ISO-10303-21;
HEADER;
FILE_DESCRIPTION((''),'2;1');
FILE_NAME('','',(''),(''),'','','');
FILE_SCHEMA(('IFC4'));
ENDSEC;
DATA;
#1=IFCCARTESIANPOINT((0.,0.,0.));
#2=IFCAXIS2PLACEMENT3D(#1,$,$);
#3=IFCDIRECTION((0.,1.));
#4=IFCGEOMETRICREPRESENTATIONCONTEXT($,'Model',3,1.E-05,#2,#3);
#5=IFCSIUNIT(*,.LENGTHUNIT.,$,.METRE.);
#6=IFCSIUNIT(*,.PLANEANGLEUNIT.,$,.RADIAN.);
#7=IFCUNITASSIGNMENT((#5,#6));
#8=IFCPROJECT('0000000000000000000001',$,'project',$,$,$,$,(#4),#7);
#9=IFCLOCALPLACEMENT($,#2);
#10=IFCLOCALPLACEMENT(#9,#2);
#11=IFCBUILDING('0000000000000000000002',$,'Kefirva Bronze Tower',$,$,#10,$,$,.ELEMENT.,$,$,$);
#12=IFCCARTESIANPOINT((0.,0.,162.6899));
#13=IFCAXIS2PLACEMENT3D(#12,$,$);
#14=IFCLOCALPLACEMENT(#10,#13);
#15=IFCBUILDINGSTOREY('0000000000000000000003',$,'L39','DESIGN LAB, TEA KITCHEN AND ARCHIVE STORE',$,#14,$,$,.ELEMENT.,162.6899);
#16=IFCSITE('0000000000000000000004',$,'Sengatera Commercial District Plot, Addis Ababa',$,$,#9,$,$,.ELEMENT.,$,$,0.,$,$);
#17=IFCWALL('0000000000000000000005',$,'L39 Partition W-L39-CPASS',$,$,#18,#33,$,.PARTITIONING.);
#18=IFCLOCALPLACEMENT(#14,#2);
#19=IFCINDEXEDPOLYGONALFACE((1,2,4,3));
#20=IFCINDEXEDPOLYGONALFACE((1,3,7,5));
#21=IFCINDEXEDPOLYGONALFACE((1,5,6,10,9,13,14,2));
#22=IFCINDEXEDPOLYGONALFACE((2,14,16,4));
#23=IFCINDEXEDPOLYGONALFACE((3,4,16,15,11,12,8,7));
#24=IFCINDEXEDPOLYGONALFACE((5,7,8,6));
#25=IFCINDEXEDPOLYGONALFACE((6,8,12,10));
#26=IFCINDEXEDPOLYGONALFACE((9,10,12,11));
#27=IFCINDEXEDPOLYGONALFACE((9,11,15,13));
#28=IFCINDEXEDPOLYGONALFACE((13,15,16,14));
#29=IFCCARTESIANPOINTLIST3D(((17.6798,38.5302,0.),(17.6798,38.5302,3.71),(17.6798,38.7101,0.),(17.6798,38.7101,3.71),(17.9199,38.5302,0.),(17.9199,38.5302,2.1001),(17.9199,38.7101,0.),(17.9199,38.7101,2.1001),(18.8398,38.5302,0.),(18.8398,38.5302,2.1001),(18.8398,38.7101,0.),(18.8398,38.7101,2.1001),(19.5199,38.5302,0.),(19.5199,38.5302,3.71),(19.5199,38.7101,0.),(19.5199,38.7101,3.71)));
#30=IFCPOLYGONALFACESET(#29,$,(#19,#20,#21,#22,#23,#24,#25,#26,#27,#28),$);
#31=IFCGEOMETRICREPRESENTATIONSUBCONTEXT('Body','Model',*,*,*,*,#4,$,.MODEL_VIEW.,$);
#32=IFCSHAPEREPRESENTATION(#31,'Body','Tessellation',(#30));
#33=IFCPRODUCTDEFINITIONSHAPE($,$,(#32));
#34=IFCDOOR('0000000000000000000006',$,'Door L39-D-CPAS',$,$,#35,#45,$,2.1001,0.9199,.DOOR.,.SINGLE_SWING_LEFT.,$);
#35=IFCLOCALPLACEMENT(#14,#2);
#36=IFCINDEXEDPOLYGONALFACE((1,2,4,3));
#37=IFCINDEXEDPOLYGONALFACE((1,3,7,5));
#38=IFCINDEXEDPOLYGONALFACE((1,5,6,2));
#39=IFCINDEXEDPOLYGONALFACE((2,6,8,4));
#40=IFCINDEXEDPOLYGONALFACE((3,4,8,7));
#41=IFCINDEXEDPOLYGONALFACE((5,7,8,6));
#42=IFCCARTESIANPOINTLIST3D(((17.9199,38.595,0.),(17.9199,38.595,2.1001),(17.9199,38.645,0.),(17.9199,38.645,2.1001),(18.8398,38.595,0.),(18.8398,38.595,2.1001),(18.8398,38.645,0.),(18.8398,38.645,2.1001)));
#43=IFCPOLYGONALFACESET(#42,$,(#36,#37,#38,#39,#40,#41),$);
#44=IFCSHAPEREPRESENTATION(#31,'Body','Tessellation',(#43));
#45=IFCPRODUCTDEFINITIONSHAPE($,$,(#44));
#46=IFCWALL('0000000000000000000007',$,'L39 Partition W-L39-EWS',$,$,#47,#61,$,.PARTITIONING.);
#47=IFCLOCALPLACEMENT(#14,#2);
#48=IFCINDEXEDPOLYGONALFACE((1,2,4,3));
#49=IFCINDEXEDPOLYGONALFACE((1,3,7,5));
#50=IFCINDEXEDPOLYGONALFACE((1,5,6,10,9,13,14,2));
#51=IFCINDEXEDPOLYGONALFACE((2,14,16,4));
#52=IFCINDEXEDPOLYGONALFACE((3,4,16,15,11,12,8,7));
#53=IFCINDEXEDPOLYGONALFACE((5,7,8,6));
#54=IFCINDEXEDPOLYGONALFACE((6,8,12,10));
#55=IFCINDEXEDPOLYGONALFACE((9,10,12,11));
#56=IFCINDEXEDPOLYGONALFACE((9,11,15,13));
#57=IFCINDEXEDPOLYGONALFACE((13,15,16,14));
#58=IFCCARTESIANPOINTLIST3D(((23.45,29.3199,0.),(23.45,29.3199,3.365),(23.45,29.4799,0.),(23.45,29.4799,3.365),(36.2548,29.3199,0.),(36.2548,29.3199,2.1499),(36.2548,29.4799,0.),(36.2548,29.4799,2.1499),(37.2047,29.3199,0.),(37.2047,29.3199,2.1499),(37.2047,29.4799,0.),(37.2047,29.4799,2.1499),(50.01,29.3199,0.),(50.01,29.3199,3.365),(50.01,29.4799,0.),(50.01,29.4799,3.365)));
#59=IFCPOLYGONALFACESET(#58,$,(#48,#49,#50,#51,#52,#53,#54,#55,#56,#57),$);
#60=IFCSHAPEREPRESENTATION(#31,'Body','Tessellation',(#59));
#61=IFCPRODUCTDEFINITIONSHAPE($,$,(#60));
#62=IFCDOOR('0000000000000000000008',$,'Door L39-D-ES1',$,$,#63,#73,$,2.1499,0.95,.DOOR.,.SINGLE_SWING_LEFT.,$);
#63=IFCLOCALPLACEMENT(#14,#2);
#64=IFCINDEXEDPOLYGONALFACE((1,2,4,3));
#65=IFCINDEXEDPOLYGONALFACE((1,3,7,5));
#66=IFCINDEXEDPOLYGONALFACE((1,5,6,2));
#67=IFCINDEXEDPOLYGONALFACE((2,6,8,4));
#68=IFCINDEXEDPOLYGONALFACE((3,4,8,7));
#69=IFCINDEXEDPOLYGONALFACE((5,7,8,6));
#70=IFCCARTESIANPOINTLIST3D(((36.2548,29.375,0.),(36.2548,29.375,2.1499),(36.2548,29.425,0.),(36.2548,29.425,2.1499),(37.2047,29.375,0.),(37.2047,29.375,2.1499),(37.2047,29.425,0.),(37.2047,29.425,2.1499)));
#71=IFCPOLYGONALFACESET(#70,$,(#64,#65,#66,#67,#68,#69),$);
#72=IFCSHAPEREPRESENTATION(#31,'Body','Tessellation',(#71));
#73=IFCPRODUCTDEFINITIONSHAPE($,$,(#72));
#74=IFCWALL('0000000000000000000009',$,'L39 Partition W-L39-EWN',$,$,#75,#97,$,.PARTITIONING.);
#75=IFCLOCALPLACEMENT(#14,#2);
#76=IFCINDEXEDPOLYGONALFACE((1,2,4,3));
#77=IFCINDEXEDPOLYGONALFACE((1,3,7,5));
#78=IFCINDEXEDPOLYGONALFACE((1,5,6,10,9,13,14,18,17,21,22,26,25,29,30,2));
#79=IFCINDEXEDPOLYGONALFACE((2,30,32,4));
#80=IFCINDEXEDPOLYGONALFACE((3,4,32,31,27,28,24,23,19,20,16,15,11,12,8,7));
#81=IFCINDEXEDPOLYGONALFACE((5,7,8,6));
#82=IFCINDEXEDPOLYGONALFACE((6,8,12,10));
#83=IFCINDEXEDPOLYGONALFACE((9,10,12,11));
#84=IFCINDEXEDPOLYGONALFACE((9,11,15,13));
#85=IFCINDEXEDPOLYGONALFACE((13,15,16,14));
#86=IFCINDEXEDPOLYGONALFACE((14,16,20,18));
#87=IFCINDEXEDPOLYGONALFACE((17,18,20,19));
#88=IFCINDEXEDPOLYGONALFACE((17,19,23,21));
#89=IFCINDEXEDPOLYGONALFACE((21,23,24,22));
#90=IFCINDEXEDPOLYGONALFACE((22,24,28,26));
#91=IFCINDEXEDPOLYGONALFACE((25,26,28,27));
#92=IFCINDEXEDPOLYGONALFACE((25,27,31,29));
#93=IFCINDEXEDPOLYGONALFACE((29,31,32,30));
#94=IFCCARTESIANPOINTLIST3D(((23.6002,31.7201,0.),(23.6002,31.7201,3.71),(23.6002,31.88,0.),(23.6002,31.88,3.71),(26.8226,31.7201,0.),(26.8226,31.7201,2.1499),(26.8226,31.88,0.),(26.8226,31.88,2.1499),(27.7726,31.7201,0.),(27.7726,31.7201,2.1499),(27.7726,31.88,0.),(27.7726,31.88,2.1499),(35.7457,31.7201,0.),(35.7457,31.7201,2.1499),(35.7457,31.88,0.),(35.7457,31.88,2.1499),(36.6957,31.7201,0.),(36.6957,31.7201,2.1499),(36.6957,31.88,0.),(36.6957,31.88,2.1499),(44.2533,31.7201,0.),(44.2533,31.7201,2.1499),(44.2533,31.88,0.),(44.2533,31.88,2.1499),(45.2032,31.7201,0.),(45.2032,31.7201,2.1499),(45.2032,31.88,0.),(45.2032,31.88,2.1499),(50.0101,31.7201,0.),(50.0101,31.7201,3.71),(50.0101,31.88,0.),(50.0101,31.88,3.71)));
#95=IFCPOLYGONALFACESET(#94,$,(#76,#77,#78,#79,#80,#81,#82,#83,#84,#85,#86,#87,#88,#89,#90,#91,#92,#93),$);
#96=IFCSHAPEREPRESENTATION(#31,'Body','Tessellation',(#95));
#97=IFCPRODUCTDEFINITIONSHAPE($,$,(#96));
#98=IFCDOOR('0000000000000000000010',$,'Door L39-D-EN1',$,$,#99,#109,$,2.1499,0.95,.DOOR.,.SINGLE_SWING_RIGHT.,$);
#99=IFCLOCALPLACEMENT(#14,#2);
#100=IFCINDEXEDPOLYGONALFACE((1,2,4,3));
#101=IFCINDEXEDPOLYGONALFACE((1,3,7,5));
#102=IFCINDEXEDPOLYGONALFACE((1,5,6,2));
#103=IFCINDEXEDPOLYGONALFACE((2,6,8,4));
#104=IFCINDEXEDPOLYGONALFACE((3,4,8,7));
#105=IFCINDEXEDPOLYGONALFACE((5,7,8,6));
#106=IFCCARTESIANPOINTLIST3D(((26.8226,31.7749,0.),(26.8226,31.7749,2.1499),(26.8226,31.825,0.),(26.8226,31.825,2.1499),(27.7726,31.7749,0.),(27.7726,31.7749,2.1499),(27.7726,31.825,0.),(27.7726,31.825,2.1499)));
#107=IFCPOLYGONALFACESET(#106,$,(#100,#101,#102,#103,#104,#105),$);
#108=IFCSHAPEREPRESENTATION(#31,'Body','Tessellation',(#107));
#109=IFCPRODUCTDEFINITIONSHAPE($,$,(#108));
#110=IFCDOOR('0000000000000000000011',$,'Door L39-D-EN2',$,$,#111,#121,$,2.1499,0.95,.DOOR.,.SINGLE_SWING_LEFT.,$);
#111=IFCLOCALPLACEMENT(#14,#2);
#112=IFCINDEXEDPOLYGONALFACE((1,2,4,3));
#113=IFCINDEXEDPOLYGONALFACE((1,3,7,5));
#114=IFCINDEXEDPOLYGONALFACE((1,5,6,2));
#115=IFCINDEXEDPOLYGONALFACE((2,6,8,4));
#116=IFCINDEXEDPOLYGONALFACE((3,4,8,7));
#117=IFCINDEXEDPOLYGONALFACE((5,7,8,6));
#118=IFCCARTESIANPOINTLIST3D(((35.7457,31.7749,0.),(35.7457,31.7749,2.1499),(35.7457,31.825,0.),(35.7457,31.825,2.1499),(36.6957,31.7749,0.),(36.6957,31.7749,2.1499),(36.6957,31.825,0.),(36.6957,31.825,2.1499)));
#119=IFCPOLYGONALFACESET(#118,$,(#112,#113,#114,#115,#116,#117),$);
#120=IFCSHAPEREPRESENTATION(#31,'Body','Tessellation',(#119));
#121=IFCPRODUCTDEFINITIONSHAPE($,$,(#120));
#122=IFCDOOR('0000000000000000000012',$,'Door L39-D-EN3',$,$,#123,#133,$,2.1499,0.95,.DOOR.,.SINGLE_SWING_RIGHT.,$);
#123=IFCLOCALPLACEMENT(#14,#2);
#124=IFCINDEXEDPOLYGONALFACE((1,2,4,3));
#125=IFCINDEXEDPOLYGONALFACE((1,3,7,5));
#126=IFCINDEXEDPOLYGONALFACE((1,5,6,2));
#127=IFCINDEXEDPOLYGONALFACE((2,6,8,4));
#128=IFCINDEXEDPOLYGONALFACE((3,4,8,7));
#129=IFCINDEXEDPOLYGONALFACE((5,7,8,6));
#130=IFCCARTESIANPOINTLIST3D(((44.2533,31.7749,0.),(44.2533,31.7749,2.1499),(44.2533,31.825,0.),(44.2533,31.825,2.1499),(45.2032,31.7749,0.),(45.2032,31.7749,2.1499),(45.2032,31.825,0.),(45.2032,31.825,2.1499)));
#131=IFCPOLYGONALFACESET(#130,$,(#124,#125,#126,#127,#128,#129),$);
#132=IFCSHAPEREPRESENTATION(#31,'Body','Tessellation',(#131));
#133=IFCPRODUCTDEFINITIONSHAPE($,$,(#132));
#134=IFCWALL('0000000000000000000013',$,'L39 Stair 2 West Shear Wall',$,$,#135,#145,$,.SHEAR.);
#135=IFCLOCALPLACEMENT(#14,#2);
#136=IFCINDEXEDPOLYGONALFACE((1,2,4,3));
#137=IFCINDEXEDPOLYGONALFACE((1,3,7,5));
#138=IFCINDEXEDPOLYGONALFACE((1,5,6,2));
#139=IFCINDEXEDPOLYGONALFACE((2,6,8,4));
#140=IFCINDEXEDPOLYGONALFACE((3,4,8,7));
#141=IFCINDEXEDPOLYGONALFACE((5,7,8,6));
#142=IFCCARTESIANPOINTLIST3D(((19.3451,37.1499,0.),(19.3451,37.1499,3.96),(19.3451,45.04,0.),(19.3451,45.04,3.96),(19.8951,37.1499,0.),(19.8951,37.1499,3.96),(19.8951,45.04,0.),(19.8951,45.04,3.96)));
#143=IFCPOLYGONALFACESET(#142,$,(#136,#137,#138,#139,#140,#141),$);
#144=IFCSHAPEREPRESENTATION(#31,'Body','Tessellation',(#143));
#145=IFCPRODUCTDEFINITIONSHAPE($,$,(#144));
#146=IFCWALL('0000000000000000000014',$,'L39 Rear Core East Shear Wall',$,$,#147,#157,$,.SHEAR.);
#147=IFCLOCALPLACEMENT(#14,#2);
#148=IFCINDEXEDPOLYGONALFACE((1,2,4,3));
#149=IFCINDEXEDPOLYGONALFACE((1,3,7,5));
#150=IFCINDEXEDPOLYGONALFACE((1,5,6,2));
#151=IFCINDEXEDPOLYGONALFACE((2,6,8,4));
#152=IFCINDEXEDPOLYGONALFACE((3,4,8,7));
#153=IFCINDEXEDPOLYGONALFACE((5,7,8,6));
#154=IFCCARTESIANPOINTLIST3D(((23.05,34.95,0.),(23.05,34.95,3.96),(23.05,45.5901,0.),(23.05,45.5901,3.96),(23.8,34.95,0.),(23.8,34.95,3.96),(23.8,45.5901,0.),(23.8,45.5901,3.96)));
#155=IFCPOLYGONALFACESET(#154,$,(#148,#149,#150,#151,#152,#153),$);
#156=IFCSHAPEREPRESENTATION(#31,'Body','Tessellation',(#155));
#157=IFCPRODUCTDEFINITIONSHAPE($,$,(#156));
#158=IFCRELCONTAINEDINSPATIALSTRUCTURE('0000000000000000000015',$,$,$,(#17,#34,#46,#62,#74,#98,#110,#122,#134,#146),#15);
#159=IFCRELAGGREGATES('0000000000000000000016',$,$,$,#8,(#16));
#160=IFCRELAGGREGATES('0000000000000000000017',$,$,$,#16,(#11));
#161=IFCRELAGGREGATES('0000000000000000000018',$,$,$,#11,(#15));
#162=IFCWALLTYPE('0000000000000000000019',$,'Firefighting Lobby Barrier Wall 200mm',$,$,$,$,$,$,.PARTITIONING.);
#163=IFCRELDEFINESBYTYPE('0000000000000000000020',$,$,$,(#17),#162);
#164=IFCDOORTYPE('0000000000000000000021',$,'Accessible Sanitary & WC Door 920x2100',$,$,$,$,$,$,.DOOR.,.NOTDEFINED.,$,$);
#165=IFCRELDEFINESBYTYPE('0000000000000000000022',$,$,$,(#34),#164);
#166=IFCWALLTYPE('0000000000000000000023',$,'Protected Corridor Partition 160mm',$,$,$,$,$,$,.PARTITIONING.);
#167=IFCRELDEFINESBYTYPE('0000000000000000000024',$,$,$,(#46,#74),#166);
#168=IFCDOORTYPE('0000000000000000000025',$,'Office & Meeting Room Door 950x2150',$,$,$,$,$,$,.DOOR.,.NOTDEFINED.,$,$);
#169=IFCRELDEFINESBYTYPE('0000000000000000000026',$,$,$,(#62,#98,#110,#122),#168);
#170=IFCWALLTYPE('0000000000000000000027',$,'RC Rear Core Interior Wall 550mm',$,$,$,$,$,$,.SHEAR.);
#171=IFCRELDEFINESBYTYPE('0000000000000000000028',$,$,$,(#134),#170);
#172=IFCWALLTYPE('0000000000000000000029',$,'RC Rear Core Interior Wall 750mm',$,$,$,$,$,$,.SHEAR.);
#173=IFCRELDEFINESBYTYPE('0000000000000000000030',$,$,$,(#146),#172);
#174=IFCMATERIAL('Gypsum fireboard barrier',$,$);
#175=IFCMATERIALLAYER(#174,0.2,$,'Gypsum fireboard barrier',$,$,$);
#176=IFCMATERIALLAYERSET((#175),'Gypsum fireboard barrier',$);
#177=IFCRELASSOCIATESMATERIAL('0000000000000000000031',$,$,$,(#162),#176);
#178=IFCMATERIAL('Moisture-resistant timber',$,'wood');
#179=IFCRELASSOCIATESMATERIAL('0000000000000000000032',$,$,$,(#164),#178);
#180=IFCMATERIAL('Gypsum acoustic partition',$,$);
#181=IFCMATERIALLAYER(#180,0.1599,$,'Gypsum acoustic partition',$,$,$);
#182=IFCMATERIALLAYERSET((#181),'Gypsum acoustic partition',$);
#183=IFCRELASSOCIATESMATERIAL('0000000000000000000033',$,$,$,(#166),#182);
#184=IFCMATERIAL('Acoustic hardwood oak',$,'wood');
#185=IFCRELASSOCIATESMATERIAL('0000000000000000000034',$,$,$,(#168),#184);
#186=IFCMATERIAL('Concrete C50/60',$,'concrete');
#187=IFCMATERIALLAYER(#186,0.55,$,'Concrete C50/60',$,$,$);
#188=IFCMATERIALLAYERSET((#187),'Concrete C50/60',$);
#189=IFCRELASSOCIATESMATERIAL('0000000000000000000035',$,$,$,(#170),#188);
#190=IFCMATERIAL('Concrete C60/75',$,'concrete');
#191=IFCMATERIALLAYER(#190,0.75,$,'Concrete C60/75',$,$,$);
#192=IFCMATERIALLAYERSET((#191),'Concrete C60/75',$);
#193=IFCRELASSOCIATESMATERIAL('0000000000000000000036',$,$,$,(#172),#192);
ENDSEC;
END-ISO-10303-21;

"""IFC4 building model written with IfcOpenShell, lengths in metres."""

from ifc_helpers import new_model, si_unit, direction, frame, frame_2d, origin, place, context, subcontext, project, spatial, rectangle, extrude, material, layer, layer_set, type_object, element, fill, save


model = new_model("IFC4")

# Units and contexts
model_context = context("Model", 3, precision=1e-05, world=origin(), true_north=direction((0.0, 1.0)))
body_context = subcontext(model_context, "Body", "Model", "MODEL_VIEW")
ifc_project = project(units=[si_unit("LENGTHUNIT", "METRE"), si_unit("PLANEANGLEUNIT", "RADIAN")], contexts=[model_context])

# Site, building, storey
site_placement = place(None, origin())
site = spatial("IfcSite", under=ifc_project, at=site_placement, Name="Sengatera Commercial District Plot, Addis Ababa", CompositionType="ELEMENT", RefElevation=0.0)
building_placement = place(site_placement, origin())
building = spatial("IfcBuilding", under=site, at=building_placement, Name="Kefirva Bronze Tower", CompositionType="ELEMENT")
storey_placement = place(building_placement, frame((0.0, 0.0, 162.6899)))
storey = spatial("IfcBuildingStorey", under=building, at=storey_placement, Name="L39", Description="DESIGN LAB, TEA KITCHEN AND ARCHIVE STORE", CompositionType="ELEMENT", Elevation=162.6899)

# Shared definitions
ifc_material_1 = material(Name="Concrete C60/75", Category="concrete")

# Shared definitions
ifc_material_2 = material(Name="Gypsum acoustic partition")

# Walls, openings, doors
ifc_material_3 = material(Name="Gypsum fireboard barrier")
ifc_layer_1 = layer(ifc_material_3, 0.2, Name="Gypsum fireboard barrier")
ifc_layer_set_1 = layer_set([ifc_layer_1], Name="Gypsum fireboard barrier")
wall_type_1 = type_object("IfcWallType", Name="Firefighting Lobby Barrier Wall 200mm", PredefinedType="PARTITIONING", material=ifc_layer_set_1)
wall_1_placement = place(storey_placement, frame((17.6799, 38.6201, 0.0), z_axis=(0.0, 0.0, 1.0), x_axis=(1.0, 0.0, 0.0)))
wall_1 = element("IfcWall", 1, at=wall_1_placement, inside=storey, type_object=wall_type_1, Name="L39 Partition W-L39-CPASS", PredefinedType="PARTITIONING", context=body_context, shape_type="SweptSolid", body=[
    extrude(rectangle(XDim=1.8401, YDim=0.1799, at=frame_2d((0.9199, 0.0))), origin(), (0.0, 0.0, 1.0), 3.71),
])
opening_1_placement = place(wall_1_placement, frame((0.24, 0.0, 0.0)))
opening_1 = element("IfcOpeningElement", 2, at=opening_1_placement, cuts=wall_1, PredefinedType="OPENING", context=body_context, shape_type="SweptSolid", body=[
    extrude(rectangle(XDim=0.9199, YDim=2.1001, at=frame_2d((0.46, 1.05))), frame((0.0, 0.1001, 0.0), z_axis=(0.0, -1.0, 0.0), x_axis=(1.0, 0.0, 0.0)), (0.0, 0.0, 1.0), 0.2),
])
ifc_material_4 = material(Name="Moisture-resistant timber", Category="wood")
door_type_1 = type_object("IfcDoorType", Name="Accessible Sanitary & WC Door 920x2100", OperationType="NOTDEFINED", PredefinedType="DOOR", material=ifc_material_4)
door_1_placement = place(opening_1_placement, origin())
door_1 = element("IfcDoor", 3, at=door_1_placement, inside=storey, type_object=door_type_1, Name="Door L39-D-CPAS", OperationType="SINGLE_SWING_LEFT", OverallHeight=2.1001, OverallWidth=0.9199, PredefinedType="DOOR", context=body_context, shape_type="SweptSolid", body=[
    extrude(rectangle(XDim=0.9199, YDim=2.1001, at=frame_2d((0.46, 1.05))), frame((0.0, 0.0249, 0.0), z_axis=(0.0, -1.0, 0.0), x_axis=(1.0, 0.0, 0.0)), (0.0, 0.0, 1.0), 0.05),
])
fill(opening_1, door_1)
ifc_layer_2 = layer(ifc_material_2, 0.1599, Name="Gypsum acoustic partition")
ifc_layer_set_2 = layer_set([ifc_layer_2], Name="Gypsum acoustic partition")
wall_type_2 = type_object("IfcWallType", Name="Protected Corridor Partition 160mm", PredefinedType="PARTITIONING", material=ifc_layer_set_2)
wall_2_placement = place(storey_placement, frame((23.45, 29.3999, 0.0), z_axis=(0.0, 0.0, 1.0), x_axis=(1.0, 0.0, 0.0)))
wall_2 = element("IfcWall", 4, at=wall_2_placement, inside=storey, type_object=wall_type_2, Name="L39 Partition W-L39-EWS", PredefinedType="PARTITIONING", context=body_context, shape_type="SweptSolid", body=[
    extrude(rectangle(XDim=26.5601, YDim=0.1599, at=frame_2d((13.28, 0.0))), origin(), (0.0, 0.0, 1.0), 3.365),
])
opening_2_placement = place(wall_2_placement, frame((13.7549, 0.0, 0.0), z_axis=(0.0, 0.0, 1.0), x_axis=(-1.0, 0.0, 0.0)))
opening_2 = element("IfcOpeningElement", 5, at=opening_2_placement, cuts=wall_2, PredefinedType="OPENING", context=body_context, shape_type="SweptSolid", body=[
    extrude(rectangle(XDim=0.95, YDim=2.1499, at=frame_2d((0.4751, 1.075))), frame((0.0, 0.0898, 0.0), z_axis=(0.0, -1.0, 0.0), x_axis=(1.0, 0.0, 0.0)), (0.0, 0.0, 1.0), 0.1799),
])
ifc_material_5 = material(Name="Acoustic hardwood oak", Category="wood")
door_type_2 = type_object("IfcDoorType", Name="Office & Meeting Room Door 950x2150", OperationType="NOTDEFINED", PredefinedType="DOOR", material=ifc_material_5)
door_2_placement = place(opening_2_placement, origin())
door_2 = element("IfcDoor", 6, at=door_2_placement, inside=storey, type_object=door_type_2, Name="Door L39-D-ES1", OperationType="SINGLE_SWING_LEFT", OverallHeight=2.1499, OverallWidth=0.95, PredefinedType="DOOR", context=body_context, shape_type="SweptSolid", body=[
    extrude(rectangle(XDim=0.95, YDim=2.1499, at=frame_2d((0.4751, 1.075))), frame((0.0, 0.0249, 0.0), z_axis=(0.0, -1.0, 0.0), x_axis=(1.0, 0.0, 0.0)), (0.0, 0.0, 1.0), 0.05),
])
fill(opening_2, door_2)

# Wall, openings, doors
wall_3_placement = place(storey_placement, frame((23.6001, 31.8, 0.0), z_axis=(0.0, 0.0, 1.0), x_axis=(1.0, 0.0, 0.0)))
wall_3 = element("IfcWall", 7, at=wall_3_placement, inside=storey, type_object=wall_type_2, Name="L39 Partition W-L39-EWN", PredefinedType="PARTITIONING", context=body_context, shape_type="SweptSolid", body=[
    extrude(rectangle(XDim=26.4099, YDim=0.1599, at=frame_2d((13.2051, 0.0))), origin(), (0.0, 0.0, 1.0), 3.71),
])
opening_3_placement = place(wall_3_placement, frame((3.2224, 0.0, 0.0)))
opening_3 = element("IfcOpeningElement", 8, at=opening_3_placement, cuts=wall_3, PredefinedType="OPENING", context=body_context, shape_type="SweptSolid", body=[
    extrude(rectangle(XDim=0.95, YDim=2.1499, at=frame_2d((0.4751, 1.075))), frame((0.0, 0.0898, 0.0), z_axis=(0.0, -1.0, 0.0), x_axis=(1.0, 0.0, 0.0)), (0.0, 0.0, 1.0), 0.1799),
])
opening_4_placement = place(wall_3_placement, frame((12.1455, 0.0, 0.0)))
opening_4 = element("IfcOpeningElement", 9, at=opening_4_placement, cuts=wall_3, PredefinedType="OPENING", context=body_context, shape_type="SweptSolid", body=[
    extrude(rectangle(XDim=0.95, YDim=2.1499, at=frame_2d((0.4751, 1.075))), frame((0.0, 0.0898, 0.0), z_axis=(0.0, -1.0, 0.0), x_axis=(1.0, 0.0, 0.0)), (0.0, 0.0, 1.0), 0.1799),
])
opening_5_placement = place(wall_3_placement, frame((20.6531, 0.0, 0.0)))
opening_5 = element("IfcOpeningElement", 10, at=opening_5_placement, cuts=wall_3, PredefinedType="OPENING", context=body_context, shape_type="SweptSolid", body=[
    extrude(rectangle(XDim=0.95, YDim=2.1499, at=frame_2d((0.4751, 1.075))), frame((0.0, 0.0898, 0.0), z_axis=(0.0, -1.0, 0.0), x_axis=(1.0, 0.0, 0.0)), (0.0, 0.0, 1.0), 0.1799),
])
door_3_placement = place(opening_3_placement, origin())
door_3 = element("IfcDoor", 11, at=door_3_placement, inside=storey, type_object=door_type_2, Name="Door L39-D-EN1", OperationType="SINGLE_SWING_RIGHT", OverallHeight=2.1499, OverallWidth=0.95, PredefinedType="DOOR", context=body_context, shape_type="SweptSolid", body=[
    extrude(rectangle(XDim=0.95, YDim=2.1499, at=frame_2d((0.4751, 1.075))), frame((0.0, 0.0249, 0.0), z_axis=(0.0, -1.0, 0.0), x_axis=(1.0, 0.0, 0.0)), (0.0, 0.0, 1.0), 0.05),
])
fill(opening_3, door_3)
door_4_placement = place(opening_4_placement, origin())
door_4 = element("IfcDoor", 12, at=door_4_placement, inside=storey, type_object=door_type_2, Name="Door L39-D-EN2", OperationType="SINGLE_SWING_LEFT", OverallHeight=2.1499, OverallWidth=0.95, PredefinedType="DOOR", context=body_context, shape_type="SweptSolid", body=[
    extrude(rectangle(XDim=0.95, YDim=2.1499, at=frame_2d((0.4751, 1.075))), frame((0.0, 0.0249, 0.0), z_axis=(0.0, -1.0, 0.0), x_axis=(1.0, 0.0, 0.0)), (0.0, 0.0, 1.0), 0.05),
])
fill(opening_4, door_4)
door_5_placement = place(opening_5_placement, origin())
door_5 = element("IfcDoor", 13, at=door_5_placement, inside=storey, type_object=door_type_2, Name="Door L39-D-EN3", OperationType="SINGLE_SWING_RIGHT", OverallHeight=2.1499, OverallWidth=0.95, PredefinedType="DOOR", context=body_context, shape_type="SweptSolid", body=[
    extrude(rectangle(XDim=0.95, YDim=2.1499, at=frame_2d((0.4751, 1.075))), frame((0.0, 0.0249, 0.0), z_axis=(0.0, -1.0, 0.0), x_axis=(1.0, 0.0, 0.0)), (0.0, 0.0, 1.0), 0.05),
])
fill(opening_5, door_5)

# Walls
ifc_material_6 = material(Name="Concrete C50/60", Category="concrete")
ifc_layer_3 = layer(ifc_material_6, 0.55, Name="Concrete C50/60")
ifc_layer_set_3 = layer_set([ifc_layer_3], Name="Concrete C50/60")
wall_type_3 = type_object("IfcWallType", Name="RC Rear Core Interior Wall 550mm", PredefinedType="SHEAR", material=ifc_layer_set_3)
wall_4_placement = place(storey_placement, frame((19.6201, 37.1499, 0.0), z_axis=(0.0, 0.0, 1.0), x_axis=(0.0, 1.0, 0.0)))
element("IfcWall", 14, at=wall_4_placement, inside=storey, type_object=wall_type_3, Name="L39 Stair 2 West Shear Wall", PredefinedType="SHEAR", context=body_context, shape_type="SweptSolid", body=[
    extrude(rectangle(XDim=7.8901, YDim=0.55, at=frame_2d((3.9451, 0.0))), origin(), (0.0, 0.0, 1.0), 3.96),
])
ifc_layer_4 = layer(ifc_material_1, 0.75, Name="Concrete C60/75")
ifc_layer_set_4 = layer_set([ifc_layer_4], Name="Concrete C60/75")
wall_type_4 = type_object("IfcWallType", Name="RC Rear Core Interior Wall 750mm", PredefinedType="SHEAR", material=ifc_layer_set_4)
wall_5_placement = place(storey_placement, frame((23.425, 34.95, 0.0), z_axis=(0.0, 0.0, 1.0), x_axis=(0.0, 1.0, 0.0)))
element("IfcWall", 15, at=wall_5_placement, inside=storey, type_object=wall_type_4, Name="L39 Rear Core East Shear Wall", PredefinedType="SHEAR", context=body_context, shape_type="SweptSolid", body=[
    extrude(rectangle(XDim=10.6401, YDim=0.75, at=frame_2d((5.3201, 0.0))), origin(), (0.0, 0.0, 1.0), 3.96),
])

save(model, "model.ifc")
